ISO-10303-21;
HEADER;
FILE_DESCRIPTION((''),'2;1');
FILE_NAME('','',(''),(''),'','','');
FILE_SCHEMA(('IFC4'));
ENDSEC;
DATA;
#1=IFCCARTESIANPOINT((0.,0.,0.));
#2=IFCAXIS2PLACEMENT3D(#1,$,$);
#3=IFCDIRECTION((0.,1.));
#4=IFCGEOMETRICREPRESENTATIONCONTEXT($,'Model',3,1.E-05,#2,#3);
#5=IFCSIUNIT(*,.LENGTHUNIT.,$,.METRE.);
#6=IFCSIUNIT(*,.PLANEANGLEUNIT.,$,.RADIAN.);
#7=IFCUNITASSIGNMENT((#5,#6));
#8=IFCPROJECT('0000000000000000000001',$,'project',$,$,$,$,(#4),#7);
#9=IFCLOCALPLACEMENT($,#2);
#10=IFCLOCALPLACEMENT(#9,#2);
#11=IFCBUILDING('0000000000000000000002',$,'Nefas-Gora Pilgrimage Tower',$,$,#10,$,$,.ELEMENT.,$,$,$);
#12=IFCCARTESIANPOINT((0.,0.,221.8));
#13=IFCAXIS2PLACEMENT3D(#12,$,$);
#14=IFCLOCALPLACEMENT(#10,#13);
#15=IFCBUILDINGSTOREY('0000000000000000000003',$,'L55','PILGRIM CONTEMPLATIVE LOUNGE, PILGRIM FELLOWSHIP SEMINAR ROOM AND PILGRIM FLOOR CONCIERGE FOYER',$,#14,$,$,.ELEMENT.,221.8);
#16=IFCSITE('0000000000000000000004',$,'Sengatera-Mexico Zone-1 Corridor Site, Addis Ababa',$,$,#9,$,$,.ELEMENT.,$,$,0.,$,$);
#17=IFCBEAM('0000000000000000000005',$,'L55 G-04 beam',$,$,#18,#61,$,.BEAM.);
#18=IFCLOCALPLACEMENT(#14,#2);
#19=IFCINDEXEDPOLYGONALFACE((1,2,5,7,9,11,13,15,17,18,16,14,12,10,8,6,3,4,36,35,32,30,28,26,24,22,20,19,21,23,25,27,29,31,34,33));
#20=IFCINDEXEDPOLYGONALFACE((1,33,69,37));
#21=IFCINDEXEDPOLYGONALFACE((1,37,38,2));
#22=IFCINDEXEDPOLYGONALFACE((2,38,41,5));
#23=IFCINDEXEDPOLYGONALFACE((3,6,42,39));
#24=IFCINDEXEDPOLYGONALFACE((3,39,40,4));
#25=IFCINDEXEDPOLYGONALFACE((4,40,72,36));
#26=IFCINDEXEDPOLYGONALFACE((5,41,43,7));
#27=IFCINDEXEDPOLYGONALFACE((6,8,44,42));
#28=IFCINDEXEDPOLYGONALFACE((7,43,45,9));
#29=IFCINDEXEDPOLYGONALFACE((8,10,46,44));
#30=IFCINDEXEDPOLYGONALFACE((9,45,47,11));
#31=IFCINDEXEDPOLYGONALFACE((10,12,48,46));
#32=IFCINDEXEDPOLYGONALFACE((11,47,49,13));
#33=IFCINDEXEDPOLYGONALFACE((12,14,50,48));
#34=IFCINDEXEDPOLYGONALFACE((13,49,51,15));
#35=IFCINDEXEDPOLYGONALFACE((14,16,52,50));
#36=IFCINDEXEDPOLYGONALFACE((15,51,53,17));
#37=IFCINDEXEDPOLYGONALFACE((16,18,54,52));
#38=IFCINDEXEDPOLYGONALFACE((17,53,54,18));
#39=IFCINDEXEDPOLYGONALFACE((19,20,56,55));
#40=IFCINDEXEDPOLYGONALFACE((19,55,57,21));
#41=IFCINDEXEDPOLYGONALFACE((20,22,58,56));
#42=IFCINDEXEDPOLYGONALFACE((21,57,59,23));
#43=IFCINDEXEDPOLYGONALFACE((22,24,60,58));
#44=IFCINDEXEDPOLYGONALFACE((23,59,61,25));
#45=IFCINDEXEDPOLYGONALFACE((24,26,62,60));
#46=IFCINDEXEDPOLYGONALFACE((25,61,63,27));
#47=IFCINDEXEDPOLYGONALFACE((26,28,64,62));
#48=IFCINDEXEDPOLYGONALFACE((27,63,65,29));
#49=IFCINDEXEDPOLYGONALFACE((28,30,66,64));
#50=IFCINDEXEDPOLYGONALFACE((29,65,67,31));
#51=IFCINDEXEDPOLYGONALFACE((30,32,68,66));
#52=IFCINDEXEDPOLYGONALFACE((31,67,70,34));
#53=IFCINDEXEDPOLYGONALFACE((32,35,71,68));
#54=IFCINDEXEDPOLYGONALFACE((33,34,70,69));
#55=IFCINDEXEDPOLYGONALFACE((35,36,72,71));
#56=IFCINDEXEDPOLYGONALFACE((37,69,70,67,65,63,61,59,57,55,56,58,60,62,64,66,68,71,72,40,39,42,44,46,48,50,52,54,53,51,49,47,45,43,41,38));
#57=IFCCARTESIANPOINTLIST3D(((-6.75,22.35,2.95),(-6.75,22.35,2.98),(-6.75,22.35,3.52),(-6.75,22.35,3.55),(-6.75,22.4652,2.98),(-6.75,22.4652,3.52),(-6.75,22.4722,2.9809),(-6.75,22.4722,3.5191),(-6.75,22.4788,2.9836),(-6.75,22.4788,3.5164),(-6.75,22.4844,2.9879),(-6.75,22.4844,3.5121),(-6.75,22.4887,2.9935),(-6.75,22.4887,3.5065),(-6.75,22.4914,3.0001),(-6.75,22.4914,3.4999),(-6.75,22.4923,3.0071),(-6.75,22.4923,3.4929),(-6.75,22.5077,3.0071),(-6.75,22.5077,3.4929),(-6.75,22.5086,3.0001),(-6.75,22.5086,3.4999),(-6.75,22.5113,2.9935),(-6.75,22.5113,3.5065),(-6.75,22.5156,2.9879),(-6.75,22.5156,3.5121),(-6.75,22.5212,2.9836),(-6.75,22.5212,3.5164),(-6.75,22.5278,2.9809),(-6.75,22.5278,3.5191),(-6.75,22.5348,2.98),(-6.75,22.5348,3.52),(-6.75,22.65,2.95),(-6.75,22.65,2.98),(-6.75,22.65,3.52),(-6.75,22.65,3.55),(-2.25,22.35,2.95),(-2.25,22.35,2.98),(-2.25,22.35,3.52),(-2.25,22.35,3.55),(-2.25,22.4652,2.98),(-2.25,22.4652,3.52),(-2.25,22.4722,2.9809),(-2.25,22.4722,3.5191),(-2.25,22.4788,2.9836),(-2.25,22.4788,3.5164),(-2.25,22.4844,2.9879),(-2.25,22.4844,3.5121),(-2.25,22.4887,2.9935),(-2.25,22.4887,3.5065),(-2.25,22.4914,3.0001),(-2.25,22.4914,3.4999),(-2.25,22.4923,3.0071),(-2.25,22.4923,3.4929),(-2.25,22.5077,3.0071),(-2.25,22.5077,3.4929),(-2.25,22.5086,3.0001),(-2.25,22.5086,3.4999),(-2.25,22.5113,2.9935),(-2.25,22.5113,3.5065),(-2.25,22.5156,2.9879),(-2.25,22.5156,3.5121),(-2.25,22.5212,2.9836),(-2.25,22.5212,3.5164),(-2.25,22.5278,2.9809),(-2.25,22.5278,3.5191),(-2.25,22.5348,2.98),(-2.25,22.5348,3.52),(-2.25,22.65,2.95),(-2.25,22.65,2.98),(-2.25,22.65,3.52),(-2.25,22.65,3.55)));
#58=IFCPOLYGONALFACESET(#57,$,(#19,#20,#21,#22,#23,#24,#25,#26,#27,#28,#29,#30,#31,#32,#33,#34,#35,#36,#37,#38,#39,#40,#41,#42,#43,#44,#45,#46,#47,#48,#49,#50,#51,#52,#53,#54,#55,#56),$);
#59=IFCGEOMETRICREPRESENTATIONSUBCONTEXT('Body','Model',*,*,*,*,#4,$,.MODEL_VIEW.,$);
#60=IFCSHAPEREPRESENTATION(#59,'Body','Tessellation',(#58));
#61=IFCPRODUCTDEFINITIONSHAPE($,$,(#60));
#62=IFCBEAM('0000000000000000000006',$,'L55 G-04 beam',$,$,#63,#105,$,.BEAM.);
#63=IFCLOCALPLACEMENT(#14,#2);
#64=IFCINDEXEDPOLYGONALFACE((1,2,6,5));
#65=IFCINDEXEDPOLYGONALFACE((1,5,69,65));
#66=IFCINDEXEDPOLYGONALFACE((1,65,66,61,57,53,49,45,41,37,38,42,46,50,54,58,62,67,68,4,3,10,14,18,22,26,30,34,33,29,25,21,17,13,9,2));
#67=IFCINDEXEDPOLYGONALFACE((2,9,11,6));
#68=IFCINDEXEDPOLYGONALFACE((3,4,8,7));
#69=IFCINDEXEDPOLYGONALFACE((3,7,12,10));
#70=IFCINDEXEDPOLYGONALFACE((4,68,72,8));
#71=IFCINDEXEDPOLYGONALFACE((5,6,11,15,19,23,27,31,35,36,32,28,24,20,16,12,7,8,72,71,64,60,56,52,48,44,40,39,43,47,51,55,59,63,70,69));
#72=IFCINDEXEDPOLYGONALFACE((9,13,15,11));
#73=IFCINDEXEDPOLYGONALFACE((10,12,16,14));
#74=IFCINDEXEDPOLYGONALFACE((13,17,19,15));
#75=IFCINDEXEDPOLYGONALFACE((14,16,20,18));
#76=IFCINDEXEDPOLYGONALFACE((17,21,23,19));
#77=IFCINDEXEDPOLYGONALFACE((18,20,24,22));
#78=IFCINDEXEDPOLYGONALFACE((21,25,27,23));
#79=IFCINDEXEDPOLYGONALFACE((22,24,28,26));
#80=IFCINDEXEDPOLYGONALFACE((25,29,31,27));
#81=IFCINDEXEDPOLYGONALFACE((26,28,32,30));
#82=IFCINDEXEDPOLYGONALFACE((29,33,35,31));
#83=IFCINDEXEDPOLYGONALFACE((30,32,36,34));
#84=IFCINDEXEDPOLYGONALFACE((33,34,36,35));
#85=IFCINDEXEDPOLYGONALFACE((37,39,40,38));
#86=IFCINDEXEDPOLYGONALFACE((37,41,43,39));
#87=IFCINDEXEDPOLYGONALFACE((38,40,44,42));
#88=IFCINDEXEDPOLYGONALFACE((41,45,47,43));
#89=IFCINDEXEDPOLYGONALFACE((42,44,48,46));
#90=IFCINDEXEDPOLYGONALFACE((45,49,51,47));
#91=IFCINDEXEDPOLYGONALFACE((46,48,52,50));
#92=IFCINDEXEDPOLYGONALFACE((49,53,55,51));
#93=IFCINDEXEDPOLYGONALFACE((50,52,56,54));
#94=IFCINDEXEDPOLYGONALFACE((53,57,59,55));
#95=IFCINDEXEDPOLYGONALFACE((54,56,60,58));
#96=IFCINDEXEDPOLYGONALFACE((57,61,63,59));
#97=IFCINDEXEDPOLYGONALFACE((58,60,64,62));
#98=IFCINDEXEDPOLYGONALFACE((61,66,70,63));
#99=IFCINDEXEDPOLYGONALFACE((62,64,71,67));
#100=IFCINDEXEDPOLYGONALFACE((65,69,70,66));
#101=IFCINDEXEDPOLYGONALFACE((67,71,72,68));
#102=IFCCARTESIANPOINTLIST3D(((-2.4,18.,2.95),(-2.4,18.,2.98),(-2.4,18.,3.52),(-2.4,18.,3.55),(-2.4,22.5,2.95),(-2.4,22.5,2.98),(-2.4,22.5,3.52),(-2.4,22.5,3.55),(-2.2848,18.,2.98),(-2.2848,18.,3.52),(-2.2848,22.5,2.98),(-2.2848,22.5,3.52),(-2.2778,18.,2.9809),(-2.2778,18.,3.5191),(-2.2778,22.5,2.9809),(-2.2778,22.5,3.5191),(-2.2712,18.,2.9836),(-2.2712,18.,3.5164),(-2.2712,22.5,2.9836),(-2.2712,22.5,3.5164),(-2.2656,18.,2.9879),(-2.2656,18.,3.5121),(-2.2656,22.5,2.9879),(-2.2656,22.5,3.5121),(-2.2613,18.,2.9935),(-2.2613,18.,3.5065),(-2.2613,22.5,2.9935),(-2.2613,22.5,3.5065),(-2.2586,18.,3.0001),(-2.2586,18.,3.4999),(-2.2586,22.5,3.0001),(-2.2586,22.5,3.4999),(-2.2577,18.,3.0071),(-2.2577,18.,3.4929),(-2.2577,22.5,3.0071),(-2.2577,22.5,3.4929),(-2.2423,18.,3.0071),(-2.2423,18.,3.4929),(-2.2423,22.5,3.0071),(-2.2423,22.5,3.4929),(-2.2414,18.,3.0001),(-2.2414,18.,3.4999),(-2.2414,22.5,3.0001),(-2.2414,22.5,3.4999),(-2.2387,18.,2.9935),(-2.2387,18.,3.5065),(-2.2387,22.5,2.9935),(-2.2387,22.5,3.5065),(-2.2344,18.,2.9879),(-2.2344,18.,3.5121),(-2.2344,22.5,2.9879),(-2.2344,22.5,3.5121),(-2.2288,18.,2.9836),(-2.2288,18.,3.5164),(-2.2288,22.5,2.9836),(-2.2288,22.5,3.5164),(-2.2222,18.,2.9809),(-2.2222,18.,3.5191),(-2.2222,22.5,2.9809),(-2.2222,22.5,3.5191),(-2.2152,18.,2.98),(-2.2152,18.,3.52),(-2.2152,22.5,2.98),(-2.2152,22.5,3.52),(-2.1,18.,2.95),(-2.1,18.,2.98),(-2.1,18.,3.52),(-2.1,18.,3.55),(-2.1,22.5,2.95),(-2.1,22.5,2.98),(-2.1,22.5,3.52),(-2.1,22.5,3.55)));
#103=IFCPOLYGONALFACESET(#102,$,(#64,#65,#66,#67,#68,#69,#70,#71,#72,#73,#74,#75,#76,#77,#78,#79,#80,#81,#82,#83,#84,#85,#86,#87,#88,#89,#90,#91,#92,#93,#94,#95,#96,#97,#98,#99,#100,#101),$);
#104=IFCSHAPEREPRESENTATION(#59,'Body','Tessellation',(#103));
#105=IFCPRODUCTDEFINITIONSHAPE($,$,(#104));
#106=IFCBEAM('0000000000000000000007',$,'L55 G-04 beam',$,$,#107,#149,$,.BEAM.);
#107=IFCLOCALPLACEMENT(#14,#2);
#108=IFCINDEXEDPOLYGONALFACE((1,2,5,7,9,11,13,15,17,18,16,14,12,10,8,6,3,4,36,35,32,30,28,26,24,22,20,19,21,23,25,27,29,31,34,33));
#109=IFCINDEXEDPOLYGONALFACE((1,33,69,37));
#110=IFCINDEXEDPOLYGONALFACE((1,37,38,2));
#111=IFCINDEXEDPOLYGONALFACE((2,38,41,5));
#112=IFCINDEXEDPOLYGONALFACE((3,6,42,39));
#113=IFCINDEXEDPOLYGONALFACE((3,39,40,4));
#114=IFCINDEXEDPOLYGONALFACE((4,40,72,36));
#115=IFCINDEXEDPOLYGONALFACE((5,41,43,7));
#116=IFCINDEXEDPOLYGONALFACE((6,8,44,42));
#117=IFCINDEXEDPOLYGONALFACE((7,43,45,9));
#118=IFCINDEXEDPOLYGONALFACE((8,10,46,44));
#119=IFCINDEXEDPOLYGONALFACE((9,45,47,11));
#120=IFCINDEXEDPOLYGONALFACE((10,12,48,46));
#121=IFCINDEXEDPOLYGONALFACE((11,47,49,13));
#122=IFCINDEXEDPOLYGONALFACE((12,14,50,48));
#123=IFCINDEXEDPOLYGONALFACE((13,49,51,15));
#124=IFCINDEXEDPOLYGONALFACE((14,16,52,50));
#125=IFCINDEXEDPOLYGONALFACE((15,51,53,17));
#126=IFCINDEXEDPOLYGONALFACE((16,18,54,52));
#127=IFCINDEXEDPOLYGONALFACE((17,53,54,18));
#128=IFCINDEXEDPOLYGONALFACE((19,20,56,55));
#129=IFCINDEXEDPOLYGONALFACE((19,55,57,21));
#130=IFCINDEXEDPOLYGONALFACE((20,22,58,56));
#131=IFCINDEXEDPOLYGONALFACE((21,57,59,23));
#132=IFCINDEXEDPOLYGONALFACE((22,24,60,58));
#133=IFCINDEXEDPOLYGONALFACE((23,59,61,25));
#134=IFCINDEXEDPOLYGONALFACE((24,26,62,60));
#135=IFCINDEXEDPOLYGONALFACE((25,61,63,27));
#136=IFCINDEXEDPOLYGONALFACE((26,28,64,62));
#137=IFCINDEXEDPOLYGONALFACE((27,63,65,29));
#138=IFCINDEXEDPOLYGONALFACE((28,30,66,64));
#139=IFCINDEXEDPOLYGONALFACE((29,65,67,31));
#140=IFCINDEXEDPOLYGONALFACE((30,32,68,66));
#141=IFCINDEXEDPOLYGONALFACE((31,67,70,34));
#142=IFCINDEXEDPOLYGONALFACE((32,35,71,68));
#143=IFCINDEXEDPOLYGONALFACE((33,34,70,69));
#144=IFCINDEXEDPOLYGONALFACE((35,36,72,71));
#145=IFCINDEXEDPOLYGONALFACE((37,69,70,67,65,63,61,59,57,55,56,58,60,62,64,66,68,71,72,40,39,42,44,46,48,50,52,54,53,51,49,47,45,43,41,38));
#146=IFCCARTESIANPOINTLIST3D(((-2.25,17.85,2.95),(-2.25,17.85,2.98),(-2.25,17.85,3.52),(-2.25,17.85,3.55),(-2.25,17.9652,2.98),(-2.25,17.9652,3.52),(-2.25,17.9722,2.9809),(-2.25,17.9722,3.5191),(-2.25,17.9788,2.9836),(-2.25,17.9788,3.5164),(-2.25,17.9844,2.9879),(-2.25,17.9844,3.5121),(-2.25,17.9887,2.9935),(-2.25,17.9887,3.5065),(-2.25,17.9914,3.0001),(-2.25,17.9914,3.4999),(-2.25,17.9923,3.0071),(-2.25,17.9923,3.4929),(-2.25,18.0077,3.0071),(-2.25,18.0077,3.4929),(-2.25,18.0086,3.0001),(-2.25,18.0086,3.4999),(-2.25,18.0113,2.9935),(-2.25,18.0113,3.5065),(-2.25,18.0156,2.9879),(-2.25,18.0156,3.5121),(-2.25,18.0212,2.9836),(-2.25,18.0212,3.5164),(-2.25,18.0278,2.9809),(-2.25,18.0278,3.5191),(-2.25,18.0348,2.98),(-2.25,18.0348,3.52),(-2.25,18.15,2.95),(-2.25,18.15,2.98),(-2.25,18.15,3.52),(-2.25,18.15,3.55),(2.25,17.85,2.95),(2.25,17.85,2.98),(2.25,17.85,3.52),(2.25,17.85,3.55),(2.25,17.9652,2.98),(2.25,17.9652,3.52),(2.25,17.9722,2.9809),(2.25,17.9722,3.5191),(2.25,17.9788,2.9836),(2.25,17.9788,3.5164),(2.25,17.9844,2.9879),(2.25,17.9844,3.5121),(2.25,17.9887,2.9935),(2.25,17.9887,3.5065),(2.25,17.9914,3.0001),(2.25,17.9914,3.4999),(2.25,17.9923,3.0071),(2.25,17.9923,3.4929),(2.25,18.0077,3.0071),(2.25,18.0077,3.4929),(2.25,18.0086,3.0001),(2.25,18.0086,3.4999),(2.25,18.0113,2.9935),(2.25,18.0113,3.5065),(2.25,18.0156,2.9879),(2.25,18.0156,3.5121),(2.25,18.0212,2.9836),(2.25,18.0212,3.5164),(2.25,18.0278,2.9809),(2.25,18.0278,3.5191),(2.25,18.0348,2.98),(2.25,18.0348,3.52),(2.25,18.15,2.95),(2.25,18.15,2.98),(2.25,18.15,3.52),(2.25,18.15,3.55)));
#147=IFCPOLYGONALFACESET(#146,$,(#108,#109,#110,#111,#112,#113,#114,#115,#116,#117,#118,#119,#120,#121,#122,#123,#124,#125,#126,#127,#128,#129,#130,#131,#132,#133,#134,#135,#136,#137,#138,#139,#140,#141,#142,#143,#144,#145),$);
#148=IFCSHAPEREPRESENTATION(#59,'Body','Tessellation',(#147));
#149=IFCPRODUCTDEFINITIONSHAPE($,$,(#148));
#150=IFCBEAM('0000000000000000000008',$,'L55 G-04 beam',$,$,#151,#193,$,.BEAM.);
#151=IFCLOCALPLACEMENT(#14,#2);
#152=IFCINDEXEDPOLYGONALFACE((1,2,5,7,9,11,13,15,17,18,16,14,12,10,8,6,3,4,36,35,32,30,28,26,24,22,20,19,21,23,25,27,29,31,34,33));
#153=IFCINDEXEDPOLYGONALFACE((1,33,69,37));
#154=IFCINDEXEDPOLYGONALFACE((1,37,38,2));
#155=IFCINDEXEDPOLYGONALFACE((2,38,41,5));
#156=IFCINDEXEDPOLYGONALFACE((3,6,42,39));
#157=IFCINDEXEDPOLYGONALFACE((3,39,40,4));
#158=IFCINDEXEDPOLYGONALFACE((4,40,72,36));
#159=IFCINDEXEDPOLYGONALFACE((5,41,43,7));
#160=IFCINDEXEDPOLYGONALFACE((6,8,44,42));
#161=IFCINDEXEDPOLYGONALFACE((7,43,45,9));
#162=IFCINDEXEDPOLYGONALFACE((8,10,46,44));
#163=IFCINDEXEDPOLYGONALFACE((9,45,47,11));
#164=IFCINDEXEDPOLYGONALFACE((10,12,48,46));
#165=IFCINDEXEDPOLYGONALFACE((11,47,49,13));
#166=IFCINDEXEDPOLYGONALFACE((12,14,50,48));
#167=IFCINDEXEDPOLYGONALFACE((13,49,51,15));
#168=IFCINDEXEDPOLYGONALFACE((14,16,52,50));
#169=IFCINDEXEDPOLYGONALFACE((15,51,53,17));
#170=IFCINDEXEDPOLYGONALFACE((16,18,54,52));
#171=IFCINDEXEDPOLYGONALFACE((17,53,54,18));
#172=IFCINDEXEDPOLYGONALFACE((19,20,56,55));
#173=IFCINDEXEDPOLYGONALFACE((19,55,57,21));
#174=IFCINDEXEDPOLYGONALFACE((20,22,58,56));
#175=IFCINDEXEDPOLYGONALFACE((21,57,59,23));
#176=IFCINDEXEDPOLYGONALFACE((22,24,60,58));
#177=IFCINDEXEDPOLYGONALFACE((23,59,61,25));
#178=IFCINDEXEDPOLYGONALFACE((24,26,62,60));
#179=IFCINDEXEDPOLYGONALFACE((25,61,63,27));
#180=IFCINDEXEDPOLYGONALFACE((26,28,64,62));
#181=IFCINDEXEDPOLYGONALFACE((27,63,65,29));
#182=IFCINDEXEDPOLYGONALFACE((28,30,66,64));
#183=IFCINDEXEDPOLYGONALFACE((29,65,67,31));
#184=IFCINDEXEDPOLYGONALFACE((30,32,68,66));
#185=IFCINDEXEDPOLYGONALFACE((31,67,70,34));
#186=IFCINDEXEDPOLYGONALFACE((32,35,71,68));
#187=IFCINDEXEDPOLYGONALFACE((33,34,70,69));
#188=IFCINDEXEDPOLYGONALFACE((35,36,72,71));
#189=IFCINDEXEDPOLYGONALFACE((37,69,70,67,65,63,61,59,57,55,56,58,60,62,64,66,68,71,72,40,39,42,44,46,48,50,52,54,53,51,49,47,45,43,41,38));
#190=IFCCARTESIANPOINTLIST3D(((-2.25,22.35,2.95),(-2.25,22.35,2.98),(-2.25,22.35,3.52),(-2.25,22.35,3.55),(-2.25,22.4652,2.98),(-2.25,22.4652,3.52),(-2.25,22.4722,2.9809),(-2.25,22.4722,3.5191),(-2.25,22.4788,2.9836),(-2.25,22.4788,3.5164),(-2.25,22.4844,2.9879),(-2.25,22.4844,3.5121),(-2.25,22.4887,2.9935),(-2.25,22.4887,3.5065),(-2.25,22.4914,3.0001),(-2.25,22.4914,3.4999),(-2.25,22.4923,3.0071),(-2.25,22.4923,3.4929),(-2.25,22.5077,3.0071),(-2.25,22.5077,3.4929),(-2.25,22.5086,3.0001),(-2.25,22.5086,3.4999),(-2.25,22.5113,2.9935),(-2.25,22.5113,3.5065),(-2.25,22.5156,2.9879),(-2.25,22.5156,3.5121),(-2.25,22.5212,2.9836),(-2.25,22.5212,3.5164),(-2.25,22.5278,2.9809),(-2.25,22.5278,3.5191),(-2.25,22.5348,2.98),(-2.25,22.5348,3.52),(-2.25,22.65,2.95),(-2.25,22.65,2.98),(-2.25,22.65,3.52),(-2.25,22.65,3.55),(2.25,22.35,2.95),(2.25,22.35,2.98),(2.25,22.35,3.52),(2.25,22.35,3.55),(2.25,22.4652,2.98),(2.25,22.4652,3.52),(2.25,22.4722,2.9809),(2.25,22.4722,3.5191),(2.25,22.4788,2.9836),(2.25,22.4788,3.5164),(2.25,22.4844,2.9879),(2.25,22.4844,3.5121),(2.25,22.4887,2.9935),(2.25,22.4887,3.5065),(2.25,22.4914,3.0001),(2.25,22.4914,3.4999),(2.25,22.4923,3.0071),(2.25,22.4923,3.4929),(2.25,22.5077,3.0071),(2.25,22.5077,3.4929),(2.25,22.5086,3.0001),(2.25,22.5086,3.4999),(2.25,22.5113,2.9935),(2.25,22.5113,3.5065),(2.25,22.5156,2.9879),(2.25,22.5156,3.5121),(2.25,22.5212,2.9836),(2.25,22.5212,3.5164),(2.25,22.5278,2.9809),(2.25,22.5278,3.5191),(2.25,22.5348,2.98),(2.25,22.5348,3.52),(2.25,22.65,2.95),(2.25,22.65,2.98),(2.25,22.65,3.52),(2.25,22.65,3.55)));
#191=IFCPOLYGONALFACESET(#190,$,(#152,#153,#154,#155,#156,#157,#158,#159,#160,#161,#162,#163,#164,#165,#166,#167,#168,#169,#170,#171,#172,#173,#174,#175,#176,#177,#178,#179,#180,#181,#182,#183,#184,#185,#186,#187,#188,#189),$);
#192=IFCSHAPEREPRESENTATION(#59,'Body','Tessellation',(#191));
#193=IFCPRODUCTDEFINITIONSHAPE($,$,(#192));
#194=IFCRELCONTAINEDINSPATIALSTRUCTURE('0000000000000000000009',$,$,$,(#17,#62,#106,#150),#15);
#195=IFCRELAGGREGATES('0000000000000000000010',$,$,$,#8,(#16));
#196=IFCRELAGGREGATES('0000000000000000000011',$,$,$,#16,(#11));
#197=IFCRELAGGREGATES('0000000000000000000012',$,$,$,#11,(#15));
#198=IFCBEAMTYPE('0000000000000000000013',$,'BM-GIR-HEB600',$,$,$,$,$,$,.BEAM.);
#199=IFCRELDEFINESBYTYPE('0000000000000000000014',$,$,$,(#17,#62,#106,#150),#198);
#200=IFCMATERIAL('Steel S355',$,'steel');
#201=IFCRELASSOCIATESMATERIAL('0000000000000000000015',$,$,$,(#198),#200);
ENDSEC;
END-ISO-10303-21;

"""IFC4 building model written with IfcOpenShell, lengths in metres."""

from ifc_helpers import new_model, si_unit, direction, frame, origin, origin_2d, place, context, subcontext, project, spatial, i_section, extrude, source, transform, mapped, material, material_profile, profile_set, type_object, element, save


model = new_model("IFC4")

# Units and contexts
model_context = context("Model", 3, precision=1e-05, world=origin(), true_north=direction((0.0, 1.0)))
body_context = subcontext(model_context, "Body", "Model", "MODEL_VIEW")
ifc_project = project(units=[si_unit("LENGTHUNIT", "METRE"), si_unit("PLANEANGLEUNIT", "RADIAN")], contexts=[model_context])

# Site, building, storey
site_placement = place(None, origin())
site = spatial("IfcSite", under=ifc_project, at=site_placement, Name="Sengatera-Mexico Zone-1 Corridor Site, Addis Ababa", CompositionType="ELEMENT", RefElevation=0.0)
building_placement = place(site_placement, origin())
building = spatial("IfcBuilding", under=site, at=building_placement, Name="Nefas-Gora Pilgrimage Tower", CompositionType="ELEMENT")
storey_placement = place(building_placement, frame((0.0, 0.0, 221.8)))
storey = spatial("IfcBuildingStorey", under=building, at=storey_placement, Name="L55", Description="PILGRIM CONTEMPLATIVE LOUNGE, PILGRIM FELLOWSHIP SEMINAR ROOM AND PILGRIM FLOOR CONCIERGE FOYER", CompositionType="ELEMENT", Elevation=221.8)

# Beams
ifc_material_1 = material(Name="Steel S355", Category="steel")
ifc_material_profile_1 = material_profile(ifc_material_1, i_section(OverallWidth=0.3, OverallDepth=0.6001, WebThickness=0.0154, FlangeThickness=0.03, FilletRadius=0.0271, at=origin_2d()), Name="HEB 600")
ifc_profile_set_1 = profile_set([ifc_material_profile_1], Name="Steel S355")
beam_type = type_object("IfcBeamType", Name="BM-GIR-HEB600", PredefinedType="BEAM", material=ifc_profile_set_1)
shared_shape_1 = source(origin(), body_context, "Body", "SweptSolid", [
    extrude(i_section(OverallWidth=0.3, OverallDepth=0.6001, WebThickness=0.0154, FlangeThickness=0.03, FilletRadius=0.0271, at=origin_2d()), origin(), (0.0, 0.0, 1.0), 4.5),
])
for number, where, z_axis, x_axis, name in (
    (1, (-6.75, 22.5, 3.25), (1.0, 0.0, 0.0), (0.0, 1.0, 0.0), "L55 G-04 beam"),
    (2, (-2.25, 18.0, 3.25), (0.0, 1.0, 0.0), (-1.0, 0.0, 0.0), "L55 G-04 beam"),
    (3, (-2.25, 18.0, 3.25), (1.0, 0.0, 0.0), (0.0, 1.0, 0.0), "L55 G-04 beam"),
    (4, (-2.25, 22.5, 3.25), (1.0, 0.0, 0.0), (0.0, 1.0, 0.0), "L55 G-04 beam"),
):
    element("IfcBeam", number, at=place(storey_placement, frame(where, z_axis=z_axis, x_axis=x_axis)), inside=storey, type_object=beam_type, Name=name, PredefinedType="BEAM", context=body_context, shape_type="MappedRepresentation", body=[
        mapped(shared_shape_1, transform((0.0, 0.0, 0.0), x_axis=(1.0, 0.0, 0.0), y_axis=(0.0, 1.0, 0.0), z_axis=(0.0, 0.0, 1.0), scale=1.0)),
    ])

save(model, "model.ifc")
